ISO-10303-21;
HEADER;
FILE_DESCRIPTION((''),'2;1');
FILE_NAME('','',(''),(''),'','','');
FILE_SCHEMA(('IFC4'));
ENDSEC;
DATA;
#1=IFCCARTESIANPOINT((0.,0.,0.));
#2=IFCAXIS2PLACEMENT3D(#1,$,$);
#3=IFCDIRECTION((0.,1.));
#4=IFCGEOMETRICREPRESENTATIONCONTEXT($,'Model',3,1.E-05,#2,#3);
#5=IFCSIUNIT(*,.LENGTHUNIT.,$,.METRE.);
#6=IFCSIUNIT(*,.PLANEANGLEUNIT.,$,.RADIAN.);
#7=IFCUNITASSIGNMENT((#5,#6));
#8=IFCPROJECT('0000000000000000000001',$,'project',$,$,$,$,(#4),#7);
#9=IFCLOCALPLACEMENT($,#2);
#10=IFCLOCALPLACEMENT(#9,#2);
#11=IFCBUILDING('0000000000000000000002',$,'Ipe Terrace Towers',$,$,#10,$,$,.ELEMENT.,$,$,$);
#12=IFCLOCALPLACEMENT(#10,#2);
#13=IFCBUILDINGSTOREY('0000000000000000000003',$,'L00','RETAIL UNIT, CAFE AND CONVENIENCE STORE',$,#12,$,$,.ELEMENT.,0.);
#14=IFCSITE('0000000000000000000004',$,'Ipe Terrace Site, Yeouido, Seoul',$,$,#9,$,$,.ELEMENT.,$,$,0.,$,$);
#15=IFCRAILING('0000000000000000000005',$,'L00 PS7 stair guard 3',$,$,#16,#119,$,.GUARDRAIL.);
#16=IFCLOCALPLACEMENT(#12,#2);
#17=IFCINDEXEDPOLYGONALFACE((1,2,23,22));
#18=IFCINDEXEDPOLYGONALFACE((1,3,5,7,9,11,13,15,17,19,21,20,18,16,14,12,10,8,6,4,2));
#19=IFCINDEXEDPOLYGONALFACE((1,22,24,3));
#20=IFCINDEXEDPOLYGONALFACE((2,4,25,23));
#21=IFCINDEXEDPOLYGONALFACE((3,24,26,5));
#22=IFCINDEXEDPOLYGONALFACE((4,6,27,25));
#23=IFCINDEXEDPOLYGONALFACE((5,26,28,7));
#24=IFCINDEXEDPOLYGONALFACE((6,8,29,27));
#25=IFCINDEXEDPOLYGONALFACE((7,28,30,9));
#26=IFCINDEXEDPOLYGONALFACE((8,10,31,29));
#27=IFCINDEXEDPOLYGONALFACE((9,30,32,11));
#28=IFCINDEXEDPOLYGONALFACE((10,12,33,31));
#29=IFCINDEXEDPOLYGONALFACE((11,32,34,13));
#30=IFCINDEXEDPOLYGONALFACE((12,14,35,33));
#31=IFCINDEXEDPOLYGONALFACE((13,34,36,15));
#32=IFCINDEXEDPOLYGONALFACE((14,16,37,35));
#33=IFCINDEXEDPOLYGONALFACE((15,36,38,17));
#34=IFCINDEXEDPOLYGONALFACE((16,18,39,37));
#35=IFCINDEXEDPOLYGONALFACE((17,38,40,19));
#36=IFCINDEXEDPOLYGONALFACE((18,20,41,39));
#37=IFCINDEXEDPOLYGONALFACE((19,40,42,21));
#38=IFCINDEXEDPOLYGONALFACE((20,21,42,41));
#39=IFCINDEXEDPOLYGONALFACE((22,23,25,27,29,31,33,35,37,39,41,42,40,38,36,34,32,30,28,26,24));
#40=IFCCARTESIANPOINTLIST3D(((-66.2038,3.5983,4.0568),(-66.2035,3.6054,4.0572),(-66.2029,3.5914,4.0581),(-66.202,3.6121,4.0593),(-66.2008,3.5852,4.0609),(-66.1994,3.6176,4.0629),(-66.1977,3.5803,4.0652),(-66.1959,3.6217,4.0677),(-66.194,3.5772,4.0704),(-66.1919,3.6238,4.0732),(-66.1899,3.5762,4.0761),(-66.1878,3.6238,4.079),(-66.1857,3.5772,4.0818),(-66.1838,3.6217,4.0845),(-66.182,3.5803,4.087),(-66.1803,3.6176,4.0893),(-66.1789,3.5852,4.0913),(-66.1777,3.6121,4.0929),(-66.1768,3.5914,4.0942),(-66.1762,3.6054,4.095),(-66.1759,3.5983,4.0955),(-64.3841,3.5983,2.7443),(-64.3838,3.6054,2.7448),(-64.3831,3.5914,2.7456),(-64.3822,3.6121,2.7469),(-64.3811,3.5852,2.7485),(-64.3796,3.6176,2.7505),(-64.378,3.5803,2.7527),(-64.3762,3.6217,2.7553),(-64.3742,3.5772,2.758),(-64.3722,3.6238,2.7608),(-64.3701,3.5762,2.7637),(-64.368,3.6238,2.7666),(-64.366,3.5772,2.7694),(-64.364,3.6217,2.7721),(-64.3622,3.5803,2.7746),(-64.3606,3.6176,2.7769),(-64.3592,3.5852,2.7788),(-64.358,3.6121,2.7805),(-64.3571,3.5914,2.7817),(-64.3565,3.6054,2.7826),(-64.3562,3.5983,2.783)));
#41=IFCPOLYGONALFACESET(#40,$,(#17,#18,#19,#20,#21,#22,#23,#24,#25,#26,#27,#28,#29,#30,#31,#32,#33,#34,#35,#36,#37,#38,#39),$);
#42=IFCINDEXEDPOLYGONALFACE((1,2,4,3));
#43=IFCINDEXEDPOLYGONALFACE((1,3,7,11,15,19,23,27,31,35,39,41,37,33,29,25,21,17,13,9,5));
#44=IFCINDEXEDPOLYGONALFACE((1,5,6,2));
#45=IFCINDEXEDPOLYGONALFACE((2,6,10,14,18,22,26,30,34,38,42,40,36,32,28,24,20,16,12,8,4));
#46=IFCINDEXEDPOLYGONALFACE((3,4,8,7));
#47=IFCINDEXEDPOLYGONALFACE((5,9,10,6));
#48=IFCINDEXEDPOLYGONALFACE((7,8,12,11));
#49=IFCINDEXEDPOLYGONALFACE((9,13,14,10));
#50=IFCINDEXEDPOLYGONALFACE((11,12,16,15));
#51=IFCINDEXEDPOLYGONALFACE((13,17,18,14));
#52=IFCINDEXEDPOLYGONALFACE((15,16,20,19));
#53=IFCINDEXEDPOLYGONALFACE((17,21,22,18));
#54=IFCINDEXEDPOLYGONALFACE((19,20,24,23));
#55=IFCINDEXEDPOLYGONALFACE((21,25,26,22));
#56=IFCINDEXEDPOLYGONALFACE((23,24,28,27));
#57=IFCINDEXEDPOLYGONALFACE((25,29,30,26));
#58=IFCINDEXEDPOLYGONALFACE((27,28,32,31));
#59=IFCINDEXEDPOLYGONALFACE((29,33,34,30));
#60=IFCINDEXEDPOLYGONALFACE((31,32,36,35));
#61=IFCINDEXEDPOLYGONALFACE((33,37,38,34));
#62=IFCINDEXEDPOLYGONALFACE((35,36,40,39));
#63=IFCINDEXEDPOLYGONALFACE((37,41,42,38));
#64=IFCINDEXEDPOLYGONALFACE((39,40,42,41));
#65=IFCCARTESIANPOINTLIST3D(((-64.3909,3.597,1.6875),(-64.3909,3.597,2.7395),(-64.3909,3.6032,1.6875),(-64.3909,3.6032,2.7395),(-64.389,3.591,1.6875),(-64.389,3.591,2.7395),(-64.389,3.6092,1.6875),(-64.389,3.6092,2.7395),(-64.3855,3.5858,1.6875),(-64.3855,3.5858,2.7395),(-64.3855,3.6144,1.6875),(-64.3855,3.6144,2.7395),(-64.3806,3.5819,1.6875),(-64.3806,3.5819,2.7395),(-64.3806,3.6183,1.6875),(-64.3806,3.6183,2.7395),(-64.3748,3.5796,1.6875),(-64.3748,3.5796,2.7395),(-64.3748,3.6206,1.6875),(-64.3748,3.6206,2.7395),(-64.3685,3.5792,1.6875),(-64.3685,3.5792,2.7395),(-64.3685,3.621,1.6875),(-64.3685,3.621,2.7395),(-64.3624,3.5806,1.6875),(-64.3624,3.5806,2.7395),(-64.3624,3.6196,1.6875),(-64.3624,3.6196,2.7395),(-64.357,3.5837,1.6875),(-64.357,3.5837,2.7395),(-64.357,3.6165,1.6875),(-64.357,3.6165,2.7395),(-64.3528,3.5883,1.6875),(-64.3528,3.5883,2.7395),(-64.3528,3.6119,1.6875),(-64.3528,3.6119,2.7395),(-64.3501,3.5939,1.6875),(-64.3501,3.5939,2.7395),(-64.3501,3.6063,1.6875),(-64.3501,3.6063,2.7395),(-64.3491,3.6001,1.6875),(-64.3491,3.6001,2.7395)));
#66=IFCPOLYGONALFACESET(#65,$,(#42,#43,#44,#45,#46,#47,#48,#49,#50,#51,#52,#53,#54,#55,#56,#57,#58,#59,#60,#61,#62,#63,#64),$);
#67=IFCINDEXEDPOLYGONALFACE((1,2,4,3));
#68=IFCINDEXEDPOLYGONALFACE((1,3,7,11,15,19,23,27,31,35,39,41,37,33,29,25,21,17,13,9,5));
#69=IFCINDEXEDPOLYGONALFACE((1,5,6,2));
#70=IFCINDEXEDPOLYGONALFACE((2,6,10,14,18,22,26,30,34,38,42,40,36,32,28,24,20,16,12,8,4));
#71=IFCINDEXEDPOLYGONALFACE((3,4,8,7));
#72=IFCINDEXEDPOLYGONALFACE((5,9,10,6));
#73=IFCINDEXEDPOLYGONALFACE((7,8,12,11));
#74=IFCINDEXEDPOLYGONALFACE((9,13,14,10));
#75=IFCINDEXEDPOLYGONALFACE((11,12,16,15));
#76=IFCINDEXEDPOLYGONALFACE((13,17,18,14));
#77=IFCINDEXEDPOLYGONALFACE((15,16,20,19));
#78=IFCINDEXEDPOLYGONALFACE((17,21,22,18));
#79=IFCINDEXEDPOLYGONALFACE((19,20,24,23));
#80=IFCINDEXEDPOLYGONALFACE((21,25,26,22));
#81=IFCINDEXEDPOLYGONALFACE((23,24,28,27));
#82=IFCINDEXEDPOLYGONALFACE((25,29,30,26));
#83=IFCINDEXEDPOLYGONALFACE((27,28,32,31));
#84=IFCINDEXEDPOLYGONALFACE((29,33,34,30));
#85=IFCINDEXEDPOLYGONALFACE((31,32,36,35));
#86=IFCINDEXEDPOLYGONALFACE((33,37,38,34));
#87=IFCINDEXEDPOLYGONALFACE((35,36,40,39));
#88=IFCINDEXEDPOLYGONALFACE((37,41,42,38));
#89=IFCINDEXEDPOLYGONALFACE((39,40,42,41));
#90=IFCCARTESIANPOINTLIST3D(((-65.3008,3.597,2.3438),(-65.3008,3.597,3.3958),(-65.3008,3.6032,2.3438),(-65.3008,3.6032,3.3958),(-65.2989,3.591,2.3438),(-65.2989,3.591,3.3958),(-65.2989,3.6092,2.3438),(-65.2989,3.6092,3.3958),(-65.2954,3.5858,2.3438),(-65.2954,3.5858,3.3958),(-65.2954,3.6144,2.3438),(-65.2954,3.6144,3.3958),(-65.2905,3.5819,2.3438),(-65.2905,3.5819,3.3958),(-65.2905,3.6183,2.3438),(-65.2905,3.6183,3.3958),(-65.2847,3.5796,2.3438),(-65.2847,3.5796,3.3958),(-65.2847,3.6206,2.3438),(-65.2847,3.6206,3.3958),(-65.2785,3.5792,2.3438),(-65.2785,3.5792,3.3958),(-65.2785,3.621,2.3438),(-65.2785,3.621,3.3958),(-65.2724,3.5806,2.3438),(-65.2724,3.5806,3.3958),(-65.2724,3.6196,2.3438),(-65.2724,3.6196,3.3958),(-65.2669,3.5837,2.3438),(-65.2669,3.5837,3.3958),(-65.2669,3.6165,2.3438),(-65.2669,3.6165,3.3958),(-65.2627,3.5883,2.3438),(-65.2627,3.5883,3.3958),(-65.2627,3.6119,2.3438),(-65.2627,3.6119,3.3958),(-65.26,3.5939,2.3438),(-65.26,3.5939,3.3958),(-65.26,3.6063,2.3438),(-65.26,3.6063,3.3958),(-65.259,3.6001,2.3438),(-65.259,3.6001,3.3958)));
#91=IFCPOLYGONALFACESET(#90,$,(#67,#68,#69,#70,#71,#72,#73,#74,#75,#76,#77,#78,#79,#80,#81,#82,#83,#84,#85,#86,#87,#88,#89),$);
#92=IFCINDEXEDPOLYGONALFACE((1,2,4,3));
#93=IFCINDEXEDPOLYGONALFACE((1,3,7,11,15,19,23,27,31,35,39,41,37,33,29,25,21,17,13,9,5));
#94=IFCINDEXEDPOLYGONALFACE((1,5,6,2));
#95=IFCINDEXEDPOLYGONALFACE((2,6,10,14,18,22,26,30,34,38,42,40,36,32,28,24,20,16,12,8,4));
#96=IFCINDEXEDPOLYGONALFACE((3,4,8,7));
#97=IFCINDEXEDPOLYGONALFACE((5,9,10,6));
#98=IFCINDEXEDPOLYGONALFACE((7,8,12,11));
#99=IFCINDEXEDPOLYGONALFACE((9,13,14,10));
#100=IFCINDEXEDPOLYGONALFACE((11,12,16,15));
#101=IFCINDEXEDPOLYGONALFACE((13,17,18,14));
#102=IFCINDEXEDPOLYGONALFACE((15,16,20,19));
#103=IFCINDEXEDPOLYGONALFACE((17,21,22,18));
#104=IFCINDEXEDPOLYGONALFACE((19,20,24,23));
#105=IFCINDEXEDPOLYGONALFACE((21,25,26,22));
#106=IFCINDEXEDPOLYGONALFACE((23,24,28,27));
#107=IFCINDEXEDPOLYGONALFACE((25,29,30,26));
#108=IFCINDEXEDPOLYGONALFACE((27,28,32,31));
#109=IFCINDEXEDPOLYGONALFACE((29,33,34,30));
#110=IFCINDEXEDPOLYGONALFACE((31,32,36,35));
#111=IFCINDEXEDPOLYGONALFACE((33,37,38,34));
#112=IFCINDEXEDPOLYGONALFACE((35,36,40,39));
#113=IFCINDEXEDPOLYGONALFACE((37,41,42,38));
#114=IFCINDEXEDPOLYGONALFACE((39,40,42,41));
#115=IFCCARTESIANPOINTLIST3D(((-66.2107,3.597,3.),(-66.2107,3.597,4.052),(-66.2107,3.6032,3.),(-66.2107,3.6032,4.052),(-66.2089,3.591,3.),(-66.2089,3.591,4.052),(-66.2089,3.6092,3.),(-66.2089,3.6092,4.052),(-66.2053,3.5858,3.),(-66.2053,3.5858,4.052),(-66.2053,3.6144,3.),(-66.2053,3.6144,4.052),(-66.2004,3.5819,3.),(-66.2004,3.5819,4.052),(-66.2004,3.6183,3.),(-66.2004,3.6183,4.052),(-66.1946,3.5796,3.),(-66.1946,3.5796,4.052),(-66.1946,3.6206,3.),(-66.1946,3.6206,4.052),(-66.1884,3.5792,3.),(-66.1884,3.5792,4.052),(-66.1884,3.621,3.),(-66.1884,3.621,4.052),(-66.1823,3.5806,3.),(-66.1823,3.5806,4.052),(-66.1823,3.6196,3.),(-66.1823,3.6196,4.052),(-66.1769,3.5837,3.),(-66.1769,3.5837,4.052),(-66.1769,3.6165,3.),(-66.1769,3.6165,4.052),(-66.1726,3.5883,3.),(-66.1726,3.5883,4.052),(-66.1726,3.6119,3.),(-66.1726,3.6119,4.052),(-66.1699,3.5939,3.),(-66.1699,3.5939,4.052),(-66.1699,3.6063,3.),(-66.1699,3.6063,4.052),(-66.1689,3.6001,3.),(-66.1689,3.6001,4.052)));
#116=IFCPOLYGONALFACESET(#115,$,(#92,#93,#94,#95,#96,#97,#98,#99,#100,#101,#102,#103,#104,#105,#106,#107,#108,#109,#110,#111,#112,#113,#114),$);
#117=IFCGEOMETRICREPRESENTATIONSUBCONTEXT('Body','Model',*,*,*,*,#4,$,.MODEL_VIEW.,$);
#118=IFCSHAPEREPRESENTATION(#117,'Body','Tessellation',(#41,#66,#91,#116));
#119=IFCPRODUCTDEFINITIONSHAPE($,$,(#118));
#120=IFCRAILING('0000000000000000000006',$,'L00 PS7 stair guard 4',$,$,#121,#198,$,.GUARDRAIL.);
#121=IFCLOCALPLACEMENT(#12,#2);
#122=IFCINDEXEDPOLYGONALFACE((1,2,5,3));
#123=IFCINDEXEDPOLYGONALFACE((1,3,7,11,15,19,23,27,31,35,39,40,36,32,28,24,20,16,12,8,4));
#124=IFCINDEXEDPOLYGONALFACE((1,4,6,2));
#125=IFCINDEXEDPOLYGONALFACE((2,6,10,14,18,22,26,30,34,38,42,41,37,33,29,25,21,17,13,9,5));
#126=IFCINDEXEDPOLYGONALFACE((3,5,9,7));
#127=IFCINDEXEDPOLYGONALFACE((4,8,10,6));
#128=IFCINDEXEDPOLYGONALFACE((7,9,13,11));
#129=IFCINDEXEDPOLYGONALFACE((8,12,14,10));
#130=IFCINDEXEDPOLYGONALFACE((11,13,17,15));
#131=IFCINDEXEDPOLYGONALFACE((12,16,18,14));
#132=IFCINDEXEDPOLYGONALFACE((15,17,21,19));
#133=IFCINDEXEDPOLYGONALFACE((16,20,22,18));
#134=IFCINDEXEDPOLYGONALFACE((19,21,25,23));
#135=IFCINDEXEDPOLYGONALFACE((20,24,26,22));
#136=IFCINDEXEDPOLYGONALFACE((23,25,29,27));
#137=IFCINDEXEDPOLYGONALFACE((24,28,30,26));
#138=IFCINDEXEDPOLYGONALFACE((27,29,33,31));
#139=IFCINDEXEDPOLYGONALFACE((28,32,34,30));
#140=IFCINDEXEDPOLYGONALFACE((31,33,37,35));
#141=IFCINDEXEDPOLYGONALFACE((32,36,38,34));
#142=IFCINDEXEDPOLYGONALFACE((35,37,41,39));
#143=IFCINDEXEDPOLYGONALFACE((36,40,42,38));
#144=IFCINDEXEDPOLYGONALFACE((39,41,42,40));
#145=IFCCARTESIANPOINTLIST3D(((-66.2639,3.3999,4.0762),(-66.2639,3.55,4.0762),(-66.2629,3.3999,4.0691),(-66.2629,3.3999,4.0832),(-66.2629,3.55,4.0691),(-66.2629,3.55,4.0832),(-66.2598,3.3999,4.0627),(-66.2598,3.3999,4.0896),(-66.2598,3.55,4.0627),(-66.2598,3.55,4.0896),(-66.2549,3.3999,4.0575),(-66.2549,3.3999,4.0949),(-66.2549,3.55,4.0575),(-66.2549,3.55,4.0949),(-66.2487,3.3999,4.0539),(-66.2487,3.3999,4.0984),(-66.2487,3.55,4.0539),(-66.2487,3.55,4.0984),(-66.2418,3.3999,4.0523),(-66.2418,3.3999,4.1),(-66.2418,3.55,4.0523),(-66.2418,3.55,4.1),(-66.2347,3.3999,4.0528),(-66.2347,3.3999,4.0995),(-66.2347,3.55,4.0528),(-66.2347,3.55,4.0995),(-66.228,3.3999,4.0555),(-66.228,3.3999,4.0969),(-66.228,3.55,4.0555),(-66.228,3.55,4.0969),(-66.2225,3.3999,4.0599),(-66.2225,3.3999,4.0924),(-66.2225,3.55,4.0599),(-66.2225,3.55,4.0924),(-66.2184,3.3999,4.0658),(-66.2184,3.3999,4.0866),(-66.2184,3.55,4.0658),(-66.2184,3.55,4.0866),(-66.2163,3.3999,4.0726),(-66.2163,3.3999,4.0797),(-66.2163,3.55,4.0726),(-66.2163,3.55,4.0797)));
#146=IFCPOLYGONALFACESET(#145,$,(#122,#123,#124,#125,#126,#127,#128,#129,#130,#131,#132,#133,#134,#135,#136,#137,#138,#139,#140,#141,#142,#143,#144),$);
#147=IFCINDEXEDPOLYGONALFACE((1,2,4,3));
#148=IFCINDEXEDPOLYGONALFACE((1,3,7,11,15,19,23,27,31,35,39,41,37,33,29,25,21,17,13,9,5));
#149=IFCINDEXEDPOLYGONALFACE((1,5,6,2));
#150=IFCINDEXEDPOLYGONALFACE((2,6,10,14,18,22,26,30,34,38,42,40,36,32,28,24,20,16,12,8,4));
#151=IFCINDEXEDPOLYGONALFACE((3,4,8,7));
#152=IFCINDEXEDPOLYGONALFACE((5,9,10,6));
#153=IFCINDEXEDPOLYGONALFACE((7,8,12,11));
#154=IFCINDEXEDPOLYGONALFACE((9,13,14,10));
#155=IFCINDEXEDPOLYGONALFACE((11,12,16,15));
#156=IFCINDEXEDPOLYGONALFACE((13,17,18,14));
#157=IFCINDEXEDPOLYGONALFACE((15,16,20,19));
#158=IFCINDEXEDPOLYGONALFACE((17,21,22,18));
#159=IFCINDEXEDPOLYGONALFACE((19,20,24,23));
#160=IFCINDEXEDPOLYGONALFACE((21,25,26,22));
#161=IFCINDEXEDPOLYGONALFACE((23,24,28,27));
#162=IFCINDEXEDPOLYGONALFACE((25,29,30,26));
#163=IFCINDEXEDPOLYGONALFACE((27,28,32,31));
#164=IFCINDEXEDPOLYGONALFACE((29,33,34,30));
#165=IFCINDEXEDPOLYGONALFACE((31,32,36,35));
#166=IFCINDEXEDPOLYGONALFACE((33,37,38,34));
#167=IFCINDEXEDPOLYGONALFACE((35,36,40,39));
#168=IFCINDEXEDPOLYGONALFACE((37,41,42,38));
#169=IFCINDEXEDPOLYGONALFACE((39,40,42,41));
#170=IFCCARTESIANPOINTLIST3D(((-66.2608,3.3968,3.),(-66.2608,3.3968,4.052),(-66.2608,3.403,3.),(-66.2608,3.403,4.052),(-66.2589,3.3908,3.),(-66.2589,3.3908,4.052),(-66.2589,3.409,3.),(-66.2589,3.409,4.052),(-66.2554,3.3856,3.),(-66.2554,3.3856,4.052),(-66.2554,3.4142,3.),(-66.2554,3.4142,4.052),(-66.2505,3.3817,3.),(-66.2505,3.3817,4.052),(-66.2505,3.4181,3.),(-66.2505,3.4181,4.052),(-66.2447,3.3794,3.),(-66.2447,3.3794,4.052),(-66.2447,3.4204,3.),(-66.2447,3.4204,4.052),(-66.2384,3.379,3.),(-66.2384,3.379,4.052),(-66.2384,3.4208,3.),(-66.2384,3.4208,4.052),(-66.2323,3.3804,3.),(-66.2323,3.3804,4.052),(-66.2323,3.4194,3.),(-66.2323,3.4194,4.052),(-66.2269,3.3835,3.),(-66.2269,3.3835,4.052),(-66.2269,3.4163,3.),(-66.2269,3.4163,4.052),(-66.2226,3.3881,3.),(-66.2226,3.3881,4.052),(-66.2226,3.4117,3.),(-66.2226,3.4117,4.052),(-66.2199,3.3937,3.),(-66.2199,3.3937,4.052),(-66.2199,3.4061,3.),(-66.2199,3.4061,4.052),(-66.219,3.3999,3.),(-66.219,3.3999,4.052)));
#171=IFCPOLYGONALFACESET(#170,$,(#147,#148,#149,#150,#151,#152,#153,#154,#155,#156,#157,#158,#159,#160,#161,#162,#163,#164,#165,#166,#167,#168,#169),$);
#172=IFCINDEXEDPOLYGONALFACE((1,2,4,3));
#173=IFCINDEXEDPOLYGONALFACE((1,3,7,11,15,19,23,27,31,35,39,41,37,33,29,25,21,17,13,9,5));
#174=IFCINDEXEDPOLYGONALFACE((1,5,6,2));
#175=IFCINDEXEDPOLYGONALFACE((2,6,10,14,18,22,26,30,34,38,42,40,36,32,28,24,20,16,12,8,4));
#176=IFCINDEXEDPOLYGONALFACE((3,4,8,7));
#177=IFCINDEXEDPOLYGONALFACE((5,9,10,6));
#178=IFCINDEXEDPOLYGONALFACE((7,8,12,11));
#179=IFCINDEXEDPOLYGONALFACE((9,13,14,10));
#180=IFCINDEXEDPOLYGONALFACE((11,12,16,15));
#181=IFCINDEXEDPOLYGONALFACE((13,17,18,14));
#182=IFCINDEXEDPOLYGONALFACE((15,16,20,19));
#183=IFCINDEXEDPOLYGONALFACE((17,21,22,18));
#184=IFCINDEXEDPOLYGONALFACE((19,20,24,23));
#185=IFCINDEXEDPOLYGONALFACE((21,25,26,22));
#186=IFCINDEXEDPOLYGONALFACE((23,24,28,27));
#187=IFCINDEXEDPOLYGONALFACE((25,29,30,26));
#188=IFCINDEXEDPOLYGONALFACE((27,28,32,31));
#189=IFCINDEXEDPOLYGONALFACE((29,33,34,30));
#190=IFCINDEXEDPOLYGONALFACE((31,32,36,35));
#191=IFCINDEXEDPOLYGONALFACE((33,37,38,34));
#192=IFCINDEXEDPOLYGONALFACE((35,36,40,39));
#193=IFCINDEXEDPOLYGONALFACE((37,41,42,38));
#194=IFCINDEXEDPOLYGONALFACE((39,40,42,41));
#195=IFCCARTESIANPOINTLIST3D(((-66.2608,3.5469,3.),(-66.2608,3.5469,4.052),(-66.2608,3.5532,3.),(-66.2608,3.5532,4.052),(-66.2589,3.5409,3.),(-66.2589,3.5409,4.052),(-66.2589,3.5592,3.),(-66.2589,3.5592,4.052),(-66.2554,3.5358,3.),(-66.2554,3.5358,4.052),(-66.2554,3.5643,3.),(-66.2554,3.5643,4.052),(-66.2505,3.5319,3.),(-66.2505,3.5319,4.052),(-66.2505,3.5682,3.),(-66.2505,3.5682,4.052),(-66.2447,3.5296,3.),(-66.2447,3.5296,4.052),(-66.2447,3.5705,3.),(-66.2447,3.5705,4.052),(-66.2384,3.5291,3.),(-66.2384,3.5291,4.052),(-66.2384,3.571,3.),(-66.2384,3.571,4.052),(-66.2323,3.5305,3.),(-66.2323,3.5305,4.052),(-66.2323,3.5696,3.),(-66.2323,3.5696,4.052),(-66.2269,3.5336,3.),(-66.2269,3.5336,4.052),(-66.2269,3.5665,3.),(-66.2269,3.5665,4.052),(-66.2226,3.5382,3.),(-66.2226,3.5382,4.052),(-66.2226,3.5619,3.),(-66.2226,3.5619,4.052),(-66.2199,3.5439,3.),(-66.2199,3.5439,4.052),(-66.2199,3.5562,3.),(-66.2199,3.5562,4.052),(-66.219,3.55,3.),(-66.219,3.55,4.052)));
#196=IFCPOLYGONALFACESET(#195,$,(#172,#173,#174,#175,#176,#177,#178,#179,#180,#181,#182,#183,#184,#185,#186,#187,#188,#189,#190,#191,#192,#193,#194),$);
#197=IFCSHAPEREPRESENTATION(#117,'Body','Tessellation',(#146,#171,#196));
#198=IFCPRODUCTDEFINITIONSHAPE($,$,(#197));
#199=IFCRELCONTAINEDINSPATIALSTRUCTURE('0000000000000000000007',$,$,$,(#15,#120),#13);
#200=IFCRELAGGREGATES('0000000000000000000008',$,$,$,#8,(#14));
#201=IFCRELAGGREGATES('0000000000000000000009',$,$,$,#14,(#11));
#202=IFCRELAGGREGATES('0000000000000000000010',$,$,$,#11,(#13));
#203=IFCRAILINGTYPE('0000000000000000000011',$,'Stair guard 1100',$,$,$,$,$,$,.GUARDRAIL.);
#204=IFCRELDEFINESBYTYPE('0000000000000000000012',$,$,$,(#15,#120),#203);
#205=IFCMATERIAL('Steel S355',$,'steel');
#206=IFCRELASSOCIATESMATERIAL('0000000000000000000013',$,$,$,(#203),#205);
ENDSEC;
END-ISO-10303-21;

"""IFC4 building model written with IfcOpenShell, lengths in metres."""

from ifc_helpers import new_model, si_unit, direction, frame, origin, origin_2d, place, context, subcontext, project, spatial, circle, extrude, material, type_object, element, save


model = new_model("IFC4")

# Units and contexts
model_context = context("Model", 3, precision=1e-05, world=origin(), true_north=direction((0.0, 1.0)))
body_context = subcontext(model_context, "Body", "Model", "MODEL_VIEW")
ifc_project = project(units=[si_unit("LENGTHUNIT", "METRE"), si_unit("PLANEANGLEUNIT", "RADIAN")], contexts=[model_context])

# Site, building, storey
site_placement = place(None, origin())
site = spatial("IfcSite", under=ifc_project, at=site_placement, Name="Ipe Terrace Site, Yeouido, Seoul", CompositionType="ELEMENT", RefElevation=0.0)
building_placement = place(site_placement, origin())
building = spatial("IfcBuilding", under=site, at=building_placement, Name="Ipe Terrace Towers", CompositionType="ELEMENT")
storey_placement = place(building_placement, origin())
storey = spatial("IfcBuildingStorey", under=building, at=storey_placement, Name="L00", Description="RETAIL UNIT, CAFE AND CONVENIENCE STORE", CompositionType="ELEMENT", Elevation=0.0)

# Railings
ifc_material_1 = material(Name="Steel S355", Category="steel")
railing_type_1 = type_object("IfcRailingType", Name="Stair guard 1100", PredefinedType="GUARDRAIL", material=ifc_material_1)
railing_1_placement = place(storey_placement, frame((-64.3701, 3.6001, 1.6875)))
element("IfcRailing", 1, at=railing_1_placement, inside=storey, type_object=railing_type_1, Name="L00 PS7 stair guard 3", PredefinedType="GUARDRAIL", context=body_context, shape_type="SweptSolid", body=[
    extrude(circle(Radius=0.0239, at=origin_2d()), frame((0.0, 0.0, 1.0762), z_axis=(-0.811064, 0.0, 0.584958), x_axis=(0.0, -1.0, 0.0)), (0.0, 0.0, 1.0), 2.2437),
    extrude(circle(Radius=0.021, at=origin_2d()), origin(), (0.0, 0.0, 1.0), 1.052),
    extrude(circle(Radius=0.021, at=origin_2d()), frame((-0.9099, 0.0, 0.6562)), (0.0, 0.0, 1.0), 1.052),
    extrude(circle(Radius=0.021, at=origin_2d()), frame((-1.8198, 0.0, 1.3125)), (0.0, 0.0, 1.0), 1.052),
])
railing_2_placement = place(storey_placement, frame((-66.24, 3.3999, 3.0)))
element("IfcRailing", 2, at=railing_2_placement, inside=storey, type_object=railing_type_1, Name="L00 PS7 stair guard 4", PredefinedType="GUARDRAIL", context=body_context, shape_type="SweptSolid", body=[
    extrude(circle(Radius=0.0239, at=origin_2d()), frame((0.0, 0.0, 1.0762), z_axis=(0.0, 1.0, 0.0), x_axis=(-1.0, 0.0, 0.0)), (0.0, 0.0, 1.0), 0.1501),
    extrude(circle(Radius=0.021, at=origin_2d()), origin(), (0.0, 0.0, 1.0), 1.052),
    extrude(circle(Radius=0.021, at=origin_2d()), frame((0.0, 0.1501, 0.0)), (0.0, 0.0, 1.0), 1.052),
])

save(model, "model.ifc")
